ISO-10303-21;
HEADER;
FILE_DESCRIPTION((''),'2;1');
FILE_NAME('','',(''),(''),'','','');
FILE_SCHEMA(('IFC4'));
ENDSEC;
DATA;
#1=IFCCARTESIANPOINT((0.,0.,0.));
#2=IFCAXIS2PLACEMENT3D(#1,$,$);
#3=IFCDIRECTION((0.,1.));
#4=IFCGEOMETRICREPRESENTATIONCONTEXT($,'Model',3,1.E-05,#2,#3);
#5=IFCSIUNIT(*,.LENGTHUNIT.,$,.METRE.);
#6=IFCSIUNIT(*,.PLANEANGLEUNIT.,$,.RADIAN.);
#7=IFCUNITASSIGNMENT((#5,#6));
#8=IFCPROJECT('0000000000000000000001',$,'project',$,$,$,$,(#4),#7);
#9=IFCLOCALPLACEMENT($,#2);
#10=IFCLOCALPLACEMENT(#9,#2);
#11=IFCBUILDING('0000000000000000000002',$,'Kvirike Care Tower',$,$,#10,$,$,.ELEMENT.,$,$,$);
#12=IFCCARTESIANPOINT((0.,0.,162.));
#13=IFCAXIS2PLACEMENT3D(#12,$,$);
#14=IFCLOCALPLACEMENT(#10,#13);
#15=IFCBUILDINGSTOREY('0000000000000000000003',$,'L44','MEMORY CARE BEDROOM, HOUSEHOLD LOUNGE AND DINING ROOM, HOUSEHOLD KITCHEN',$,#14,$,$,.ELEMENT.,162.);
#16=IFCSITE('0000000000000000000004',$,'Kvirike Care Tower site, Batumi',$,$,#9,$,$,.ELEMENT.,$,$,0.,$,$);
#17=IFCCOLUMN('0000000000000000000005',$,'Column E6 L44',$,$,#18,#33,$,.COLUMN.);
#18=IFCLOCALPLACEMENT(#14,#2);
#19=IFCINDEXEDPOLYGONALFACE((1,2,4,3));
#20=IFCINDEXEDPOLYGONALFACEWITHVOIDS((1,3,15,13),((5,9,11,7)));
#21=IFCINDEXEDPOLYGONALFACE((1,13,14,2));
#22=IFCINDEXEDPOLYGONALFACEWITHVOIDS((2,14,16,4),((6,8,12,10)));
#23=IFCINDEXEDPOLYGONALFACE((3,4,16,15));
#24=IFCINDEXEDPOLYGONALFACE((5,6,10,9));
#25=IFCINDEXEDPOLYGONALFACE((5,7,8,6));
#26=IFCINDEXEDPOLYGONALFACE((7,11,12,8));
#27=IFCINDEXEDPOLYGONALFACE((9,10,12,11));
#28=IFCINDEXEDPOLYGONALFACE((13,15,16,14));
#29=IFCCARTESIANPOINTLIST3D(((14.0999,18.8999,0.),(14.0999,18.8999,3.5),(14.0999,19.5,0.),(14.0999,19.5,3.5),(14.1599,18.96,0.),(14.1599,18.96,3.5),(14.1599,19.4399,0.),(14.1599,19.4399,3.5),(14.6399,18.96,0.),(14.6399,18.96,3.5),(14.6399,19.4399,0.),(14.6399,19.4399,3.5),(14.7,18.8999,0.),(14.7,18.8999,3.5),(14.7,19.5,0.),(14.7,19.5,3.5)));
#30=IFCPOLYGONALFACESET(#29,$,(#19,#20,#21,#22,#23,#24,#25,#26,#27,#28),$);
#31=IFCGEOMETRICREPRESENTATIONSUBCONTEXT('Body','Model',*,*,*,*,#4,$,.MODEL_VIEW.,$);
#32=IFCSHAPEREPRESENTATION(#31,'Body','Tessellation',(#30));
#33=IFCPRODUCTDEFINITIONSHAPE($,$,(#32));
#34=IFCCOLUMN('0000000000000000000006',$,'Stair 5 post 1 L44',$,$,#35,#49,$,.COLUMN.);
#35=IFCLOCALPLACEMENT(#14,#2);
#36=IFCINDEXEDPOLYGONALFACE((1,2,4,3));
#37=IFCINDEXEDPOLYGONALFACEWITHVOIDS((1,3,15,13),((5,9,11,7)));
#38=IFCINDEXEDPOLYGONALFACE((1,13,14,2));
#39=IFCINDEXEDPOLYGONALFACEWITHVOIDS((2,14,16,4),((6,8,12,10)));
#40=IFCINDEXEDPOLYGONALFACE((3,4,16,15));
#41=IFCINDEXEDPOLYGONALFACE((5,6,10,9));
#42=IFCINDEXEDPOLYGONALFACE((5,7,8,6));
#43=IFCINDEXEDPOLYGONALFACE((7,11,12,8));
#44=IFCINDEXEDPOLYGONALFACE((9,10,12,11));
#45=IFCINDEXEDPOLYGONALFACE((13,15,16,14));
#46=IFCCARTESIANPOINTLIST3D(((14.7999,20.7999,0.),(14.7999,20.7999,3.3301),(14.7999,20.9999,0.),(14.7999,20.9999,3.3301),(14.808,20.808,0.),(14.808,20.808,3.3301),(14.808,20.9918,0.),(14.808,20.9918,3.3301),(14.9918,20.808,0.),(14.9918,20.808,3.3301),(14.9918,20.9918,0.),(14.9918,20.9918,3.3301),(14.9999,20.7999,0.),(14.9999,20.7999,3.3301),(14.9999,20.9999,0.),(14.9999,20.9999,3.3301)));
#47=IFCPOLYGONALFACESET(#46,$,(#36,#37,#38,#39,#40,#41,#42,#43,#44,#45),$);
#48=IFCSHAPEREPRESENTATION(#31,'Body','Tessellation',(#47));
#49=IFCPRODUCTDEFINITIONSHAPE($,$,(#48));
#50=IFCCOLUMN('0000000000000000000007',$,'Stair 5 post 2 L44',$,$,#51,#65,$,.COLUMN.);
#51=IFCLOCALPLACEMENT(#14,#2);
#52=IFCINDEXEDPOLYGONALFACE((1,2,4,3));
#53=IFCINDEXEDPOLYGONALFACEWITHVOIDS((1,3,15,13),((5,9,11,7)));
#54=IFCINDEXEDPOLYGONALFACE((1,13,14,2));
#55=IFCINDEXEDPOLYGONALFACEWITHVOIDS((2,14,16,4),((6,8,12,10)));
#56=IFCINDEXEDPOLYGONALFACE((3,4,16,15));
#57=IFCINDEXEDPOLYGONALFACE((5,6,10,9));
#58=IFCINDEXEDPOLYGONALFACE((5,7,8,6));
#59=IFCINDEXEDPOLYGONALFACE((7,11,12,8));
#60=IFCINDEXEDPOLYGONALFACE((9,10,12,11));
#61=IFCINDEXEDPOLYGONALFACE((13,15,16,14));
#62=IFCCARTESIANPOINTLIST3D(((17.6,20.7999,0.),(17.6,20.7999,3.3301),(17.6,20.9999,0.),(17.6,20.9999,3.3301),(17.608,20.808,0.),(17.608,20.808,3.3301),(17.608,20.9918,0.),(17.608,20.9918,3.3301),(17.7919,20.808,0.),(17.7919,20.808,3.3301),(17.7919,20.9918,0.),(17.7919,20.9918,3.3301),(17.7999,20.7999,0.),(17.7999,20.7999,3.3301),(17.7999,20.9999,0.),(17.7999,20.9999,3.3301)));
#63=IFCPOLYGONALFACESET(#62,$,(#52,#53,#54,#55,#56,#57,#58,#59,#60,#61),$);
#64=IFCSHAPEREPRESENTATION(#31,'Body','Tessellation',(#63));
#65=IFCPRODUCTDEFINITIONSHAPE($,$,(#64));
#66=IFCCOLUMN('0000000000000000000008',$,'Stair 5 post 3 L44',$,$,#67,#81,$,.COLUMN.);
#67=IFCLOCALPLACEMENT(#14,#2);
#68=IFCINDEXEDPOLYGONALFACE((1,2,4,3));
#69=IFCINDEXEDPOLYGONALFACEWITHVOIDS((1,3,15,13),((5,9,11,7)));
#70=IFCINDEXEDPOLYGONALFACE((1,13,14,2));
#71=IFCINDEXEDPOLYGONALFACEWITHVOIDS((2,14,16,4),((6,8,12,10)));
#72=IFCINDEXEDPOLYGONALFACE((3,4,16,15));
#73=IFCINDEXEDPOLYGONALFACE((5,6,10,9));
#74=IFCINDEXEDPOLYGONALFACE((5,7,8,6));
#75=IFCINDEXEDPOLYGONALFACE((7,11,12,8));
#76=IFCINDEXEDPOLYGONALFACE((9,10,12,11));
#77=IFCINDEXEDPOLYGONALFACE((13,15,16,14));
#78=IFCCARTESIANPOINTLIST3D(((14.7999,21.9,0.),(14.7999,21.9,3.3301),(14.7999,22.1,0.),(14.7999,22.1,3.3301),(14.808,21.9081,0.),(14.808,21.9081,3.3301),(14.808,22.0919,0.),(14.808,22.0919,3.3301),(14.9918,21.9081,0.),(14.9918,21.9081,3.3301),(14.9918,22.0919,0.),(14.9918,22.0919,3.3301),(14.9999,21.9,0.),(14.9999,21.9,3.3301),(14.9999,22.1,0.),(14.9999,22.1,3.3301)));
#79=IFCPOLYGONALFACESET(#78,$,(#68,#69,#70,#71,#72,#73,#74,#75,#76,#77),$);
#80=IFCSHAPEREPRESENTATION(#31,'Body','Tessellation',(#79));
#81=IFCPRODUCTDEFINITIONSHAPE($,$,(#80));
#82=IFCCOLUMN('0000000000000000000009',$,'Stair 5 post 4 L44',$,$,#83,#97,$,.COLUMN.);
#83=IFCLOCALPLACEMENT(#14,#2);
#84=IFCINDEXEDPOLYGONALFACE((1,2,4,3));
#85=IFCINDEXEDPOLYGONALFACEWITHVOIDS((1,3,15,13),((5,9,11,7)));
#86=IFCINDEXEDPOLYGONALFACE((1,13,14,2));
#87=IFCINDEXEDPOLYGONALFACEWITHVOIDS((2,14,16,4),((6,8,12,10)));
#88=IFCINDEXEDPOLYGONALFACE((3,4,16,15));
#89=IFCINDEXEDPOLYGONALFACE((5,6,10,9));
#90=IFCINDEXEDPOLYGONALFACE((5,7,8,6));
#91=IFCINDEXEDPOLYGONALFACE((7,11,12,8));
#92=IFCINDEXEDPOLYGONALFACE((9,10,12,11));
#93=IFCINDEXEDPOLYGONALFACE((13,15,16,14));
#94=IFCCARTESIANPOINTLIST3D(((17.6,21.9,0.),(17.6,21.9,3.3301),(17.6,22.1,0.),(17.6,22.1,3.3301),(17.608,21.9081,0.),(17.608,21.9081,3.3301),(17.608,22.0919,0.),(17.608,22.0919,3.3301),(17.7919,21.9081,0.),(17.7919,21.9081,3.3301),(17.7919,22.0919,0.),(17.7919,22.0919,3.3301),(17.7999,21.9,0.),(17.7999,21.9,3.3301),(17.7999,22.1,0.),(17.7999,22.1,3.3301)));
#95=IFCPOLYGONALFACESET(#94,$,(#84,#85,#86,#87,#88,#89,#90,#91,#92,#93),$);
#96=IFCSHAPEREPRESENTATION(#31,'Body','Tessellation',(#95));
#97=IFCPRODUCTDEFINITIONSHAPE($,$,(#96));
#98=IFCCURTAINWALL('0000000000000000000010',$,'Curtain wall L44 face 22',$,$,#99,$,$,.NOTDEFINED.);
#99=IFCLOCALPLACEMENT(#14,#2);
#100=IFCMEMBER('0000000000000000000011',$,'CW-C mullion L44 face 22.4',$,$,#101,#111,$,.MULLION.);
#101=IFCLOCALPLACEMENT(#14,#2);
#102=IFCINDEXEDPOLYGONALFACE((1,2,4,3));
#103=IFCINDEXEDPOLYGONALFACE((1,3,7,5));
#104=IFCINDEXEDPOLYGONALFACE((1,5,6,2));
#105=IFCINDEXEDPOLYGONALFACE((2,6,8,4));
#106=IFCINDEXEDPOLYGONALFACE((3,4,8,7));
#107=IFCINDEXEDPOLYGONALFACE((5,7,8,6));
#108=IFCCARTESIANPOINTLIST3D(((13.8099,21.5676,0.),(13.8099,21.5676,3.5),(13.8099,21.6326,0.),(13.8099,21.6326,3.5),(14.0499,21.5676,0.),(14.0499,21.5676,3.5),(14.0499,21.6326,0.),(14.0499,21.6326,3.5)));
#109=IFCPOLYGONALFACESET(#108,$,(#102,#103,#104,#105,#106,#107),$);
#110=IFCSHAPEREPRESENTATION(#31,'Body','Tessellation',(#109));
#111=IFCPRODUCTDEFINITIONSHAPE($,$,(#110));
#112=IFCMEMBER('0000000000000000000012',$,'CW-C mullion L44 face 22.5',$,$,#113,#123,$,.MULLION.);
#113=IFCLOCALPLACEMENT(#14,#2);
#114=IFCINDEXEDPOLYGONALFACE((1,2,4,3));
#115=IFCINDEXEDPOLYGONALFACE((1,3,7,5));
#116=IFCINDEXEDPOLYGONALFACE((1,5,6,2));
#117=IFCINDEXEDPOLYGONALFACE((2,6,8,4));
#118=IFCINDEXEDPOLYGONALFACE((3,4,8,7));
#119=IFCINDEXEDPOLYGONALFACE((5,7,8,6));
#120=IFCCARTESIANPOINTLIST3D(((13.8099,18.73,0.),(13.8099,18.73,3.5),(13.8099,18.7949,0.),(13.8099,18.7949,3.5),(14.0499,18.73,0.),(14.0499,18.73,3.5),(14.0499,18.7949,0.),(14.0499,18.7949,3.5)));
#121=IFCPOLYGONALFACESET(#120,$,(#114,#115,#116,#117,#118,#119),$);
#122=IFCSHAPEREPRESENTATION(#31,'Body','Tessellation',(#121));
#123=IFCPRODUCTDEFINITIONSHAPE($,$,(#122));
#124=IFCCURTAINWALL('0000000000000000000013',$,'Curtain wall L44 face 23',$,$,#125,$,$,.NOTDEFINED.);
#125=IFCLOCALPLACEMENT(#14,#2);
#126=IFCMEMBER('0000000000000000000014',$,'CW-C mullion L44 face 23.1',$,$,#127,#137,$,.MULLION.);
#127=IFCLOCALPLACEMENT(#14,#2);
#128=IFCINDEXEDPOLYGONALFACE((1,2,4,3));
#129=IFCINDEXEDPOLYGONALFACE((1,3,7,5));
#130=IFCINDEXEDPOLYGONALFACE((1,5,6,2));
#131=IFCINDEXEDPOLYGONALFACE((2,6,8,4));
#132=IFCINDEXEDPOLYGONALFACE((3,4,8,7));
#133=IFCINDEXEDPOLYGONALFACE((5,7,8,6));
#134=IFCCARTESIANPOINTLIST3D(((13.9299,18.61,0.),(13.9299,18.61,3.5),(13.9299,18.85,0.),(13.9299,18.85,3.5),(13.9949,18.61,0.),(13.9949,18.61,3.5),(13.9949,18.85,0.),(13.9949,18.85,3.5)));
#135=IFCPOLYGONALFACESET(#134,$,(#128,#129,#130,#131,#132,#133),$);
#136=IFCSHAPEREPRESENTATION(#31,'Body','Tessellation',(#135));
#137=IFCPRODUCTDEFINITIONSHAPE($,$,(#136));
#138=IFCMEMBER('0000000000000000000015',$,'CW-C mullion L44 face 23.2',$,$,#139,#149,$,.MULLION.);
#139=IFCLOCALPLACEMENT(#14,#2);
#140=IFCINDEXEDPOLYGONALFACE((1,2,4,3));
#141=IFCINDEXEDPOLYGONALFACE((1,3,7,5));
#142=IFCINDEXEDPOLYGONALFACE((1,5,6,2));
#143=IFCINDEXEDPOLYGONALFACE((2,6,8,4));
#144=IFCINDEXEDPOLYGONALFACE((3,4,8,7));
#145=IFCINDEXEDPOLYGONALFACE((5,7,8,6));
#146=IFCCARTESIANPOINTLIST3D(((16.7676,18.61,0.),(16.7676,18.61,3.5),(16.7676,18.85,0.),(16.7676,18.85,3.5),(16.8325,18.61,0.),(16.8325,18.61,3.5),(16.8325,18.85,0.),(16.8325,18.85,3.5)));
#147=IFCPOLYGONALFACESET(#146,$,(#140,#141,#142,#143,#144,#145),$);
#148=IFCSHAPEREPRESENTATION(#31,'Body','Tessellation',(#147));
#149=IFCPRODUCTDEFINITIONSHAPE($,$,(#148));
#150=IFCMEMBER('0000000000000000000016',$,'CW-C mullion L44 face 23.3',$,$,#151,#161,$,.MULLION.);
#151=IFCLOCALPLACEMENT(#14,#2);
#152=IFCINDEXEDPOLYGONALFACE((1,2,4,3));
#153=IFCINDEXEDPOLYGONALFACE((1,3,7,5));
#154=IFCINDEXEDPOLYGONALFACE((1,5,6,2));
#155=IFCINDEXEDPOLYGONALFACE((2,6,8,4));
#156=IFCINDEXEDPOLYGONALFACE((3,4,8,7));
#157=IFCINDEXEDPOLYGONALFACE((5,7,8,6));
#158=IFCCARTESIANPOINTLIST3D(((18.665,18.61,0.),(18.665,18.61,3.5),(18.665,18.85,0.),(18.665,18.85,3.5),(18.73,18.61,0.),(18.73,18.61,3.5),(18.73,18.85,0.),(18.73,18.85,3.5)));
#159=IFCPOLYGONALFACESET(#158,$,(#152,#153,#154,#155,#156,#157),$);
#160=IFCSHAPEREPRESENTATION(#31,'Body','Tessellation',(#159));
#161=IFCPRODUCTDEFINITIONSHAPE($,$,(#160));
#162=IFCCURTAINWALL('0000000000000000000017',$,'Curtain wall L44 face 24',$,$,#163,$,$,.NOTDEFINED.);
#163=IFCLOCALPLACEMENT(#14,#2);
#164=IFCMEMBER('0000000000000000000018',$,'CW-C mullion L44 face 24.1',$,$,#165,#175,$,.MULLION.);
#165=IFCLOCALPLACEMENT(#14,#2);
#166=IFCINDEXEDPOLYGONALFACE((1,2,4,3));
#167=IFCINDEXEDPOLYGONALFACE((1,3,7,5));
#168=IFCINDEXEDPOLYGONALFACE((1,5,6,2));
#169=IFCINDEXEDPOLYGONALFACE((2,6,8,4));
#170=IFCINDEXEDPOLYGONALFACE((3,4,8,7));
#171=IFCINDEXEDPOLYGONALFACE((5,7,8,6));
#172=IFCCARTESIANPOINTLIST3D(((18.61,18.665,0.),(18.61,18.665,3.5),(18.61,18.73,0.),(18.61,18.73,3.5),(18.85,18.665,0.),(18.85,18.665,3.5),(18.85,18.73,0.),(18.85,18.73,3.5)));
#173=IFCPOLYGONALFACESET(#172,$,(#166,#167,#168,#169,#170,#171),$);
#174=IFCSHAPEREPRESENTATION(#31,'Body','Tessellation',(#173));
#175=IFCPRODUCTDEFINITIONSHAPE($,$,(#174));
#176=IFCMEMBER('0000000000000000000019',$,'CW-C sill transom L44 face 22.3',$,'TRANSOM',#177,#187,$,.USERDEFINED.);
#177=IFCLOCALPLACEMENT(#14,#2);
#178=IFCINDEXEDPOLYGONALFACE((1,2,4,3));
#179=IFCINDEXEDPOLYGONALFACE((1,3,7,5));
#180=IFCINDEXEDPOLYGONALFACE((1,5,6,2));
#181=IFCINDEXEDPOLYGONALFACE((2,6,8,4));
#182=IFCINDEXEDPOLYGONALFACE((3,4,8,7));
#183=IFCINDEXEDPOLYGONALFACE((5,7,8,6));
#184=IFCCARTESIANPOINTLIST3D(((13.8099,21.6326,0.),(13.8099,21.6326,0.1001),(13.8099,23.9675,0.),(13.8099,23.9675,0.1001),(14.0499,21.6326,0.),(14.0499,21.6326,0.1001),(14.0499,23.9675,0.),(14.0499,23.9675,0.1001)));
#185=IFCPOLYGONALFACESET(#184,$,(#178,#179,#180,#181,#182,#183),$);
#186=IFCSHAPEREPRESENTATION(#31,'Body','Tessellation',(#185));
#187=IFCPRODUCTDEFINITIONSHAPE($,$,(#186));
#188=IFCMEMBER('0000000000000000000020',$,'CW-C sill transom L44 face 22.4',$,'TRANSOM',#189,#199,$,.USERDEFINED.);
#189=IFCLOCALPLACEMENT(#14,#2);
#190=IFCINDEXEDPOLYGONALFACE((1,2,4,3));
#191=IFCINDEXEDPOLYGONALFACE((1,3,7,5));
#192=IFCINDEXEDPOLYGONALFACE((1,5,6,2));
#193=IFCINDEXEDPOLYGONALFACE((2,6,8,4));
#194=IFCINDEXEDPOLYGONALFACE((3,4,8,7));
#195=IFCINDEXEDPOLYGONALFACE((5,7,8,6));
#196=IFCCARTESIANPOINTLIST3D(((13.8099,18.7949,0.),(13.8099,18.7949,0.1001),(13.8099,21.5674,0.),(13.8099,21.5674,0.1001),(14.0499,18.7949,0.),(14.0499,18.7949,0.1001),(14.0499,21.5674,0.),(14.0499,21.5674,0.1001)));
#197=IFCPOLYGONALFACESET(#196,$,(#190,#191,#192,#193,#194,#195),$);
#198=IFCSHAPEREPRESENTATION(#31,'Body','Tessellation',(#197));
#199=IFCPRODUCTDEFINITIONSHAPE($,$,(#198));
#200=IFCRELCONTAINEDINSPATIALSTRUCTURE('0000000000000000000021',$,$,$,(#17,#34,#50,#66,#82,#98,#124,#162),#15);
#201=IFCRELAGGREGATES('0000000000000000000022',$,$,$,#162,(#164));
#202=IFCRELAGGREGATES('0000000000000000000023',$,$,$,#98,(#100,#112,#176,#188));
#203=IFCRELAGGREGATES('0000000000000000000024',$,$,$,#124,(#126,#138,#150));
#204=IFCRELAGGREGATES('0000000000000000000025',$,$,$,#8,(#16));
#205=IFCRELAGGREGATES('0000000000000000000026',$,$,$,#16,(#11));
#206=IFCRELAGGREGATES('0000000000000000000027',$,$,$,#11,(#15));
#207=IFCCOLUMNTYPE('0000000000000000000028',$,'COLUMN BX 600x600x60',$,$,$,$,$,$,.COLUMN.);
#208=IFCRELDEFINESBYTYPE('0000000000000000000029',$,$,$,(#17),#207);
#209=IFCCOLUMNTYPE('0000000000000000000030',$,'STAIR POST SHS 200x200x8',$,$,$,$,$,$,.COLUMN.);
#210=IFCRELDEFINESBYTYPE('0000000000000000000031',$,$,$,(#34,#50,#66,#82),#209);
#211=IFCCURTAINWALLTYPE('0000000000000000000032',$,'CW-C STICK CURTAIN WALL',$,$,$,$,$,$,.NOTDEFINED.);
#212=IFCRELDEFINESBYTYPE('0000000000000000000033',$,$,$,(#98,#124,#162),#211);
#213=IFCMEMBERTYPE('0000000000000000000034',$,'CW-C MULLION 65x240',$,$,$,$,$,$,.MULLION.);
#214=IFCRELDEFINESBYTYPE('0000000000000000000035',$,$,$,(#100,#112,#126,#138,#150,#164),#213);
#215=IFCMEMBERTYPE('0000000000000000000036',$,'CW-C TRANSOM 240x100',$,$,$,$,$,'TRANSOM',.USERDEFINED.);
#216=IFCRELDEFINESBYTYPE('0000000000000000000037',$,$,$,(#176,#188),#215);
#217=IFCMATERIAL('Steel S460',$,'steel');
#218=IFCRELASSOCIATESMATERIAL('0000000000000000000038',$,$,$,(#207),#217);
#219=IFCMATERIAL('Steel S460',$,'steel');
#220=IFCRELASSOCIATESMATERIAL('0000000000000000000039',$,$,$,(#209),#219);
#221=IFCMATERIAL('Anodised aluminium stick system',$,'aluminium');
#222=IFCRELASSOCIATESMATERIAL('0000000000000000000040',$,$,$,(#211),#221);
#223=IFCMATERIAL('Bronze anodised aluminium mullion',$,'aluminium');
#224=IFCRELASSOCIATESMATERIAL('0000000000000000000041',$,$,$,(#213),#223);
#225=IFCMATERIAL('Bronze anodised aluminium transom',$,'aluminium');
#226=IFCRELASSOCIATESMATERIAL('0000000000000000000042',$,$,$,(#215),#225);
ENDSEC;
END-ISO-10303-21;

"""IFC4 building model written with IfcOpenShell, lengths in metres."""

from ifc_helpers import new_model, si_unit, direction, frame, origin, origin_2d, place, context, subcontext, project, spatial, rectangle, hollow_rectangle, extrude, material, material_profile, profile_set, type_object, element, aggregate, save


model = new_model("IFC4")

# Units and contexts
model_context = context("Model", 3, precision=1e-05, world=origin(), true_north=direction((0.0, 1.0)))
body_context = subcontext(model_context, "Body", "Model", "MODEL_VIEW")
ifc_project = project(units=[si_unit("LENGTHUNIT", "METRE"), si_unit("PLANEANGLEUNIT", "RADIAN")], contexts=[model_context])

# Site, building, storey
site_placement = place(None, origin())
site = spatial("IfcSite", under=ifc_project, at=site_placement, Name="Kvirike Care Tower site, Batumi", CompositionType="ELEMENT", RefElevation=0.0)
building_placement = place(site_placement, origin())
building = spatial("IfcBuilding", under=site, at=building_placement, Name="Kvirike Care Tower", CompositionType="ELEMENT")
storey_placement = place(building_placement, frame((0.0, 0.0, 162.0)))
storey = spatial("IfcBuildingStorey", under=building, at=storey_placement, Name="L44", Description="MEMORY CARE BEDROOM, HOUSEHOLD LOUNGE AND DINING ROOM, HOUSEHOLD KITCHEN", CompositionType="ELEMENT", Elevation=162.0)

# Columns
ifc_material_1 = material(Name="Steel S460", Category="steel")
ifc_material_profile_1 = material_profile(ifc_material_1, hollow_rectangle(XDim=0.6001, YDim=0.6001, WallThickness=0.0601, at=origin_2d()), Name="BX 600x600x60")
ifc_profile_set_1 = profile_set([ifc_material_profile_1], Name="Steel S460")
column_type_1 = type_object("IfcColumnType", Name="COLUMN BX 600x600x60", PredefinedType="COLUMN", material=ifc_profile_set_1)
column_placement = place(storey_placement, frame((14.3999, 19.2, 0.0), z_axis=(0.0, 0.0, 1.0), x_axis=(0.0, 1.0, 0.0)))
element("IfcColumn", 1, at=column_placement, inside=storey, type_object=column_type_1, Name="Column E6 L44", PredefinedType="COLUMN", context=body_context, shape_type="SweptSolid", body=[
    extrude(hollow_rectangle(XDim=0.6001, YDim=0.6001, WallThickness=0.0601, at=origin_2d()), origin(), (0.0, 0.0, 1.0), 3.5),
])
ifc_material_2 = material(Name="Steel S460", Category="steel")
ifc_material_profile_2 = material_profile(ifc_material_2, hollow_rectangle(XDim=0.2, YDim=0.2, WallThickness=0.0081, at=origin_2d()), Name="SHS 200x200x8")
ifc_profile_set_2 = profile_set([ifc_material_profile_2], Name="Steel S460")
column_type_2 = type_object("IfcColumnType", Name="STAIR POST SHS 200x200x8", PredefinedType="COLUMN", material=ifc_profile_set_2)
for number, where, z_axis, x_axis, name in (
    (2, (14.8999, 20.8999, 0.0), (0.0, 0.0, 1.0), (1.0, 0.0, 0.0), "Stair 5 post 1 L44"),
    (3, (17.7, 20.8999, 0.0), (0.0, 0.0, 1.0), (1.0, 0.0, 0.0), "Stair 5 post 2 L44"),
    (4, (14.8999, 22.0, 0.0), (0.0, 0.0, 1.0), (1.0, 0.0, 0.0), "Stair 5 post 3 L44"),
    (5, (17.7, 22.0, 0.0), (0.0, 0.0, 1.0), (1.0, 0.0, 0.0), "Stair 5 post 4 L44"),
):
    element("IfcColumn", number, at=place(storey_placement, frame(where, z_axis=z_axis, x_axis=x_axis)), inside=storey, type_object=column_type_2, Name=name, PredefinedType="COLUMN", context=body_context, shape_type="SweptSolid", body=[
        extrude(hollow_rectangle(XDim=0.2, YDim=0.2, WallThickness=0.0081, at=origin_2d()), origin(), (0.0, 0.0, 1.0), 3.3301),
    ])

# Curtain walls, members
ifc_material_3 = material(Name="Anodised aluminium stick system", Category="aluminium")
curtain_wall_type = type_object("IfcCurtainWallType", Name="CW-C STICK CURTAIN WALL", PredefinedType="NOTDEFINED", material=ifc_material_3)
curtain_wall_1_placement = place(storey_placement, origin())
curtain_wall_1 = element("IfcCurtainWall", 6, at=curtain_wall_1_placement, inside=storey, type_object=curtain_wall_type, Name="Curtain wall L44 face 22", PredefinedType="NOTDEFINED")
ifc_material_4 = material(Name="Bronze anodised aluminium mullion", Category="aluminium")
ifc_material_profile_3 = material_profile(ifc_material_4, rectangle(XDim=0.0649, YDim=0.24, at=origin_2d()), Name="CW-C MULLION 65x240")
ifc_profile_set_3 = profile_set([ifc_material_profile_3], Name="Bronze anodised aluminium mullion")
member_type_1 = type_object("IfcMemberType", Name="CW-C MULLION 65x240", PredefinedType="MULLION", material=ifc_profile_set_3)
member_1_placement = place(storey_placement, frame((13.9299, 21.6001, 0.0), z_axis=(0.0, 0.0, 1.0), x_axis=(0.0, -1.0, 0.0)))
member_1 = element("IfcMember", 7, at=member_1_placement, type_object=member_type_1, Name="CW-C mullion L44 face 22.4", PredefinedType="MULLION", context=body_context, shape_type="SweptSolid", body=[
    extrude(rectangle(XDim=0.0649, YDim=0.24, at=origin_2d()), origin(), (0.0, 0.0, 1.0), 3.5),
])
member_2_placement = place(storey_placement, frame((13.9299, 18.7625, 0.0), z_axis=(0.0, 0.0, 1.0), x_axis=(0.0, -1.0, 0.0)))
member_2 = element("IfcMember", 8, at=member_2_placement, type_object=member_type_1, Name="CW-C mullion L44 face 22.5", PredefinedType="MULLION", context=body_context, shape_type="SweptSolid", body=[
    extrude(rectangle(XDim=0.0649, YDim=0.24, at=origin_2d()), origin(), (0.0, 0.0, 1.0), 3.5),
])
curtain_wall_2_placement = place(storey_placement, origin())
curtain_wall_2 = element("IfcCurtainWall", 9, at=curtain_wall_2_placement, inside=storey, type_object=curtain_wall_type, Name="Curtain wall L44 face 23", PredefinedType="NOTDEFINED")
member_3_placement = place(storey_placement, frame((13.9624, 18.73, 0.0), z_axis=(0.0, 0.0, 1.0), x_axis=(1.0, 0.0, 0.0)))
member_3 = element("IfcMember", 10, at=member_3_placement, type_object=member_type_1, Name="CW-C mullion L44 face 23.1", PredefinedType="MULLION", context=body_context, shape_type="SweptSolid", body=[
    extrude(rectangle(XDim=0.0649, YDim=0.24, at=origin_2d()), origin(), (0.0, 0.0, 1.0), 3.5),
])
member_4_placement = place(storey_placement, frame((16.8, 18.73, 0.0), z_axis=(0.0, 0.0, 1.0), x_axis=(1.0, 0.0, 0.0)))
member_4 = element("IfcMember", 11, at=member_4_placement, type_object=member_type_1, Name="CW-C mullion L44 face 23.2", PredefinedType="MULLION", context=body_context, shape_type="SweptSolid", body=[
    extrude(rectangle(XDim=0.0649, YDim=0.24, at=origin_2d()), origin(), (0.0, 0.0, 1.0), 3.5),
])
member_5_placement = place(storey_placement, frame((18.6975, 18.73, 0.0), z_axis=(0.0, 0.0, 1.0), x_axis=(1.0, 0.0, 0.0)))
member_5 = element("IfcMember", 12, at=member_5_placement, type_object=member_type_1, Name="CW-C mullion L44 face 23.3", PredefinedType="MULLION", context=body_context, shape_type="SweptSolid", body=[
    extrude(rectangle(XDim=0.0649, YDim=0.24, at=origin_2d()), origin(), (0.0, 0.0, 1.0), 3.5),
])

# Curtain wall, member
curtain_wall_3_placement = place(storey_placement, origin())
curtain_wall_3 = element("IfcCurtainWall", 13, at=curtain_wall_3_placement, inside=storey, type_object=curtain_wall_type, Name="Curtain wall L44 face 24", PredefinedType="NOTDEFINED")
member_6_placement = place(storey_placement, frame((18.73, 18.6975, 0.0), z_axis=(0.0, 0.0, 1.0), x_axis=(0.0, -1.0, 0.0)))
member_6 = element("IfcMember", 14, at=member_6_placement, type_object=member_type_1, Name="CW-C mullion L44 face 24.1", PredefinedType="MULLION", context=body_context, shape_type="SweptSolid", body=[
    extrude(rectangle(XDim=0.0649, YDim=0.24, at=origin_2d()), origin(), (0.0, 0.0, 1.0), 3.5),
])
aggregate(curtain_wall_3, [member_6])

# Members
ifc_material_5 = material(Name="Bronze anodised aluminium transom", Category="aluminium")
ifc_material_profile_4 = material_profile(ifc_material_5, rectangle(XDim=0.24, YDim=0.1001, at=origin_2d()), Name="CW-C TRANSOM 240x100")
ifc_profile_set_4 = profile_set([ifc_material_profile_4], Name="Bronze anodised aluminium transom")
member_type_2 = type_object("IfcMemberType", Name="CW-C TRANSOM 240x100", ElementType="TRANSOM", PredefinedType="USERDEFINED", material=ifc_profile_set_4)
member_7_placement = place(storey_placement, frame((13.9299, 23.9675, 0.05), z_axis=(0.0, -1.0, 0.0), x_axis=(1.0, 0.0, 0.0)))
member_7 = element("IfcMember", 15, at=member_7_placement, type_object=member_type_2, Name="CW-C sill transom L44 face 22.3", ObjectType="TRANSOM", PredefinedType="USERDEFINED", context=body_context, shape_type="SweptSolid", body=[
    extrude(rectangle(XDim=0.24, YDim=0.1001, at=origin_2d()), origin(), (0.0, 0.0, 1.0), 2.335),
])
member_8_placement = place(storey_placement, frame((13.9299, 21.5674, 0.05), z_axis=(0.0, -1.0, 0.0), x_axis=(1.0, 0.0, 0.0)))
member_8 = element("IfcMember", 16, at=member_8_placement, type_object=member_type_2, Name="CW-C sill transom L44 face 22.4", ObjectType="TRANSOM", PredefinedType="USERDEFINED", context=body_context, shape_type="SweptSolid", body=[
    extrude(rectangle(XDim=0.24, YDim=0.1001, at=origin_2d()), origin(), (0.0, 0.0, 1.0), 2.7725),
])

aggregate(curtain_wall_1, [member_1, member_2, member_7, member_8])
aggregate(curtain_wall_2, [member_3, member_4, member_5])

save(model, "model.ifc")
